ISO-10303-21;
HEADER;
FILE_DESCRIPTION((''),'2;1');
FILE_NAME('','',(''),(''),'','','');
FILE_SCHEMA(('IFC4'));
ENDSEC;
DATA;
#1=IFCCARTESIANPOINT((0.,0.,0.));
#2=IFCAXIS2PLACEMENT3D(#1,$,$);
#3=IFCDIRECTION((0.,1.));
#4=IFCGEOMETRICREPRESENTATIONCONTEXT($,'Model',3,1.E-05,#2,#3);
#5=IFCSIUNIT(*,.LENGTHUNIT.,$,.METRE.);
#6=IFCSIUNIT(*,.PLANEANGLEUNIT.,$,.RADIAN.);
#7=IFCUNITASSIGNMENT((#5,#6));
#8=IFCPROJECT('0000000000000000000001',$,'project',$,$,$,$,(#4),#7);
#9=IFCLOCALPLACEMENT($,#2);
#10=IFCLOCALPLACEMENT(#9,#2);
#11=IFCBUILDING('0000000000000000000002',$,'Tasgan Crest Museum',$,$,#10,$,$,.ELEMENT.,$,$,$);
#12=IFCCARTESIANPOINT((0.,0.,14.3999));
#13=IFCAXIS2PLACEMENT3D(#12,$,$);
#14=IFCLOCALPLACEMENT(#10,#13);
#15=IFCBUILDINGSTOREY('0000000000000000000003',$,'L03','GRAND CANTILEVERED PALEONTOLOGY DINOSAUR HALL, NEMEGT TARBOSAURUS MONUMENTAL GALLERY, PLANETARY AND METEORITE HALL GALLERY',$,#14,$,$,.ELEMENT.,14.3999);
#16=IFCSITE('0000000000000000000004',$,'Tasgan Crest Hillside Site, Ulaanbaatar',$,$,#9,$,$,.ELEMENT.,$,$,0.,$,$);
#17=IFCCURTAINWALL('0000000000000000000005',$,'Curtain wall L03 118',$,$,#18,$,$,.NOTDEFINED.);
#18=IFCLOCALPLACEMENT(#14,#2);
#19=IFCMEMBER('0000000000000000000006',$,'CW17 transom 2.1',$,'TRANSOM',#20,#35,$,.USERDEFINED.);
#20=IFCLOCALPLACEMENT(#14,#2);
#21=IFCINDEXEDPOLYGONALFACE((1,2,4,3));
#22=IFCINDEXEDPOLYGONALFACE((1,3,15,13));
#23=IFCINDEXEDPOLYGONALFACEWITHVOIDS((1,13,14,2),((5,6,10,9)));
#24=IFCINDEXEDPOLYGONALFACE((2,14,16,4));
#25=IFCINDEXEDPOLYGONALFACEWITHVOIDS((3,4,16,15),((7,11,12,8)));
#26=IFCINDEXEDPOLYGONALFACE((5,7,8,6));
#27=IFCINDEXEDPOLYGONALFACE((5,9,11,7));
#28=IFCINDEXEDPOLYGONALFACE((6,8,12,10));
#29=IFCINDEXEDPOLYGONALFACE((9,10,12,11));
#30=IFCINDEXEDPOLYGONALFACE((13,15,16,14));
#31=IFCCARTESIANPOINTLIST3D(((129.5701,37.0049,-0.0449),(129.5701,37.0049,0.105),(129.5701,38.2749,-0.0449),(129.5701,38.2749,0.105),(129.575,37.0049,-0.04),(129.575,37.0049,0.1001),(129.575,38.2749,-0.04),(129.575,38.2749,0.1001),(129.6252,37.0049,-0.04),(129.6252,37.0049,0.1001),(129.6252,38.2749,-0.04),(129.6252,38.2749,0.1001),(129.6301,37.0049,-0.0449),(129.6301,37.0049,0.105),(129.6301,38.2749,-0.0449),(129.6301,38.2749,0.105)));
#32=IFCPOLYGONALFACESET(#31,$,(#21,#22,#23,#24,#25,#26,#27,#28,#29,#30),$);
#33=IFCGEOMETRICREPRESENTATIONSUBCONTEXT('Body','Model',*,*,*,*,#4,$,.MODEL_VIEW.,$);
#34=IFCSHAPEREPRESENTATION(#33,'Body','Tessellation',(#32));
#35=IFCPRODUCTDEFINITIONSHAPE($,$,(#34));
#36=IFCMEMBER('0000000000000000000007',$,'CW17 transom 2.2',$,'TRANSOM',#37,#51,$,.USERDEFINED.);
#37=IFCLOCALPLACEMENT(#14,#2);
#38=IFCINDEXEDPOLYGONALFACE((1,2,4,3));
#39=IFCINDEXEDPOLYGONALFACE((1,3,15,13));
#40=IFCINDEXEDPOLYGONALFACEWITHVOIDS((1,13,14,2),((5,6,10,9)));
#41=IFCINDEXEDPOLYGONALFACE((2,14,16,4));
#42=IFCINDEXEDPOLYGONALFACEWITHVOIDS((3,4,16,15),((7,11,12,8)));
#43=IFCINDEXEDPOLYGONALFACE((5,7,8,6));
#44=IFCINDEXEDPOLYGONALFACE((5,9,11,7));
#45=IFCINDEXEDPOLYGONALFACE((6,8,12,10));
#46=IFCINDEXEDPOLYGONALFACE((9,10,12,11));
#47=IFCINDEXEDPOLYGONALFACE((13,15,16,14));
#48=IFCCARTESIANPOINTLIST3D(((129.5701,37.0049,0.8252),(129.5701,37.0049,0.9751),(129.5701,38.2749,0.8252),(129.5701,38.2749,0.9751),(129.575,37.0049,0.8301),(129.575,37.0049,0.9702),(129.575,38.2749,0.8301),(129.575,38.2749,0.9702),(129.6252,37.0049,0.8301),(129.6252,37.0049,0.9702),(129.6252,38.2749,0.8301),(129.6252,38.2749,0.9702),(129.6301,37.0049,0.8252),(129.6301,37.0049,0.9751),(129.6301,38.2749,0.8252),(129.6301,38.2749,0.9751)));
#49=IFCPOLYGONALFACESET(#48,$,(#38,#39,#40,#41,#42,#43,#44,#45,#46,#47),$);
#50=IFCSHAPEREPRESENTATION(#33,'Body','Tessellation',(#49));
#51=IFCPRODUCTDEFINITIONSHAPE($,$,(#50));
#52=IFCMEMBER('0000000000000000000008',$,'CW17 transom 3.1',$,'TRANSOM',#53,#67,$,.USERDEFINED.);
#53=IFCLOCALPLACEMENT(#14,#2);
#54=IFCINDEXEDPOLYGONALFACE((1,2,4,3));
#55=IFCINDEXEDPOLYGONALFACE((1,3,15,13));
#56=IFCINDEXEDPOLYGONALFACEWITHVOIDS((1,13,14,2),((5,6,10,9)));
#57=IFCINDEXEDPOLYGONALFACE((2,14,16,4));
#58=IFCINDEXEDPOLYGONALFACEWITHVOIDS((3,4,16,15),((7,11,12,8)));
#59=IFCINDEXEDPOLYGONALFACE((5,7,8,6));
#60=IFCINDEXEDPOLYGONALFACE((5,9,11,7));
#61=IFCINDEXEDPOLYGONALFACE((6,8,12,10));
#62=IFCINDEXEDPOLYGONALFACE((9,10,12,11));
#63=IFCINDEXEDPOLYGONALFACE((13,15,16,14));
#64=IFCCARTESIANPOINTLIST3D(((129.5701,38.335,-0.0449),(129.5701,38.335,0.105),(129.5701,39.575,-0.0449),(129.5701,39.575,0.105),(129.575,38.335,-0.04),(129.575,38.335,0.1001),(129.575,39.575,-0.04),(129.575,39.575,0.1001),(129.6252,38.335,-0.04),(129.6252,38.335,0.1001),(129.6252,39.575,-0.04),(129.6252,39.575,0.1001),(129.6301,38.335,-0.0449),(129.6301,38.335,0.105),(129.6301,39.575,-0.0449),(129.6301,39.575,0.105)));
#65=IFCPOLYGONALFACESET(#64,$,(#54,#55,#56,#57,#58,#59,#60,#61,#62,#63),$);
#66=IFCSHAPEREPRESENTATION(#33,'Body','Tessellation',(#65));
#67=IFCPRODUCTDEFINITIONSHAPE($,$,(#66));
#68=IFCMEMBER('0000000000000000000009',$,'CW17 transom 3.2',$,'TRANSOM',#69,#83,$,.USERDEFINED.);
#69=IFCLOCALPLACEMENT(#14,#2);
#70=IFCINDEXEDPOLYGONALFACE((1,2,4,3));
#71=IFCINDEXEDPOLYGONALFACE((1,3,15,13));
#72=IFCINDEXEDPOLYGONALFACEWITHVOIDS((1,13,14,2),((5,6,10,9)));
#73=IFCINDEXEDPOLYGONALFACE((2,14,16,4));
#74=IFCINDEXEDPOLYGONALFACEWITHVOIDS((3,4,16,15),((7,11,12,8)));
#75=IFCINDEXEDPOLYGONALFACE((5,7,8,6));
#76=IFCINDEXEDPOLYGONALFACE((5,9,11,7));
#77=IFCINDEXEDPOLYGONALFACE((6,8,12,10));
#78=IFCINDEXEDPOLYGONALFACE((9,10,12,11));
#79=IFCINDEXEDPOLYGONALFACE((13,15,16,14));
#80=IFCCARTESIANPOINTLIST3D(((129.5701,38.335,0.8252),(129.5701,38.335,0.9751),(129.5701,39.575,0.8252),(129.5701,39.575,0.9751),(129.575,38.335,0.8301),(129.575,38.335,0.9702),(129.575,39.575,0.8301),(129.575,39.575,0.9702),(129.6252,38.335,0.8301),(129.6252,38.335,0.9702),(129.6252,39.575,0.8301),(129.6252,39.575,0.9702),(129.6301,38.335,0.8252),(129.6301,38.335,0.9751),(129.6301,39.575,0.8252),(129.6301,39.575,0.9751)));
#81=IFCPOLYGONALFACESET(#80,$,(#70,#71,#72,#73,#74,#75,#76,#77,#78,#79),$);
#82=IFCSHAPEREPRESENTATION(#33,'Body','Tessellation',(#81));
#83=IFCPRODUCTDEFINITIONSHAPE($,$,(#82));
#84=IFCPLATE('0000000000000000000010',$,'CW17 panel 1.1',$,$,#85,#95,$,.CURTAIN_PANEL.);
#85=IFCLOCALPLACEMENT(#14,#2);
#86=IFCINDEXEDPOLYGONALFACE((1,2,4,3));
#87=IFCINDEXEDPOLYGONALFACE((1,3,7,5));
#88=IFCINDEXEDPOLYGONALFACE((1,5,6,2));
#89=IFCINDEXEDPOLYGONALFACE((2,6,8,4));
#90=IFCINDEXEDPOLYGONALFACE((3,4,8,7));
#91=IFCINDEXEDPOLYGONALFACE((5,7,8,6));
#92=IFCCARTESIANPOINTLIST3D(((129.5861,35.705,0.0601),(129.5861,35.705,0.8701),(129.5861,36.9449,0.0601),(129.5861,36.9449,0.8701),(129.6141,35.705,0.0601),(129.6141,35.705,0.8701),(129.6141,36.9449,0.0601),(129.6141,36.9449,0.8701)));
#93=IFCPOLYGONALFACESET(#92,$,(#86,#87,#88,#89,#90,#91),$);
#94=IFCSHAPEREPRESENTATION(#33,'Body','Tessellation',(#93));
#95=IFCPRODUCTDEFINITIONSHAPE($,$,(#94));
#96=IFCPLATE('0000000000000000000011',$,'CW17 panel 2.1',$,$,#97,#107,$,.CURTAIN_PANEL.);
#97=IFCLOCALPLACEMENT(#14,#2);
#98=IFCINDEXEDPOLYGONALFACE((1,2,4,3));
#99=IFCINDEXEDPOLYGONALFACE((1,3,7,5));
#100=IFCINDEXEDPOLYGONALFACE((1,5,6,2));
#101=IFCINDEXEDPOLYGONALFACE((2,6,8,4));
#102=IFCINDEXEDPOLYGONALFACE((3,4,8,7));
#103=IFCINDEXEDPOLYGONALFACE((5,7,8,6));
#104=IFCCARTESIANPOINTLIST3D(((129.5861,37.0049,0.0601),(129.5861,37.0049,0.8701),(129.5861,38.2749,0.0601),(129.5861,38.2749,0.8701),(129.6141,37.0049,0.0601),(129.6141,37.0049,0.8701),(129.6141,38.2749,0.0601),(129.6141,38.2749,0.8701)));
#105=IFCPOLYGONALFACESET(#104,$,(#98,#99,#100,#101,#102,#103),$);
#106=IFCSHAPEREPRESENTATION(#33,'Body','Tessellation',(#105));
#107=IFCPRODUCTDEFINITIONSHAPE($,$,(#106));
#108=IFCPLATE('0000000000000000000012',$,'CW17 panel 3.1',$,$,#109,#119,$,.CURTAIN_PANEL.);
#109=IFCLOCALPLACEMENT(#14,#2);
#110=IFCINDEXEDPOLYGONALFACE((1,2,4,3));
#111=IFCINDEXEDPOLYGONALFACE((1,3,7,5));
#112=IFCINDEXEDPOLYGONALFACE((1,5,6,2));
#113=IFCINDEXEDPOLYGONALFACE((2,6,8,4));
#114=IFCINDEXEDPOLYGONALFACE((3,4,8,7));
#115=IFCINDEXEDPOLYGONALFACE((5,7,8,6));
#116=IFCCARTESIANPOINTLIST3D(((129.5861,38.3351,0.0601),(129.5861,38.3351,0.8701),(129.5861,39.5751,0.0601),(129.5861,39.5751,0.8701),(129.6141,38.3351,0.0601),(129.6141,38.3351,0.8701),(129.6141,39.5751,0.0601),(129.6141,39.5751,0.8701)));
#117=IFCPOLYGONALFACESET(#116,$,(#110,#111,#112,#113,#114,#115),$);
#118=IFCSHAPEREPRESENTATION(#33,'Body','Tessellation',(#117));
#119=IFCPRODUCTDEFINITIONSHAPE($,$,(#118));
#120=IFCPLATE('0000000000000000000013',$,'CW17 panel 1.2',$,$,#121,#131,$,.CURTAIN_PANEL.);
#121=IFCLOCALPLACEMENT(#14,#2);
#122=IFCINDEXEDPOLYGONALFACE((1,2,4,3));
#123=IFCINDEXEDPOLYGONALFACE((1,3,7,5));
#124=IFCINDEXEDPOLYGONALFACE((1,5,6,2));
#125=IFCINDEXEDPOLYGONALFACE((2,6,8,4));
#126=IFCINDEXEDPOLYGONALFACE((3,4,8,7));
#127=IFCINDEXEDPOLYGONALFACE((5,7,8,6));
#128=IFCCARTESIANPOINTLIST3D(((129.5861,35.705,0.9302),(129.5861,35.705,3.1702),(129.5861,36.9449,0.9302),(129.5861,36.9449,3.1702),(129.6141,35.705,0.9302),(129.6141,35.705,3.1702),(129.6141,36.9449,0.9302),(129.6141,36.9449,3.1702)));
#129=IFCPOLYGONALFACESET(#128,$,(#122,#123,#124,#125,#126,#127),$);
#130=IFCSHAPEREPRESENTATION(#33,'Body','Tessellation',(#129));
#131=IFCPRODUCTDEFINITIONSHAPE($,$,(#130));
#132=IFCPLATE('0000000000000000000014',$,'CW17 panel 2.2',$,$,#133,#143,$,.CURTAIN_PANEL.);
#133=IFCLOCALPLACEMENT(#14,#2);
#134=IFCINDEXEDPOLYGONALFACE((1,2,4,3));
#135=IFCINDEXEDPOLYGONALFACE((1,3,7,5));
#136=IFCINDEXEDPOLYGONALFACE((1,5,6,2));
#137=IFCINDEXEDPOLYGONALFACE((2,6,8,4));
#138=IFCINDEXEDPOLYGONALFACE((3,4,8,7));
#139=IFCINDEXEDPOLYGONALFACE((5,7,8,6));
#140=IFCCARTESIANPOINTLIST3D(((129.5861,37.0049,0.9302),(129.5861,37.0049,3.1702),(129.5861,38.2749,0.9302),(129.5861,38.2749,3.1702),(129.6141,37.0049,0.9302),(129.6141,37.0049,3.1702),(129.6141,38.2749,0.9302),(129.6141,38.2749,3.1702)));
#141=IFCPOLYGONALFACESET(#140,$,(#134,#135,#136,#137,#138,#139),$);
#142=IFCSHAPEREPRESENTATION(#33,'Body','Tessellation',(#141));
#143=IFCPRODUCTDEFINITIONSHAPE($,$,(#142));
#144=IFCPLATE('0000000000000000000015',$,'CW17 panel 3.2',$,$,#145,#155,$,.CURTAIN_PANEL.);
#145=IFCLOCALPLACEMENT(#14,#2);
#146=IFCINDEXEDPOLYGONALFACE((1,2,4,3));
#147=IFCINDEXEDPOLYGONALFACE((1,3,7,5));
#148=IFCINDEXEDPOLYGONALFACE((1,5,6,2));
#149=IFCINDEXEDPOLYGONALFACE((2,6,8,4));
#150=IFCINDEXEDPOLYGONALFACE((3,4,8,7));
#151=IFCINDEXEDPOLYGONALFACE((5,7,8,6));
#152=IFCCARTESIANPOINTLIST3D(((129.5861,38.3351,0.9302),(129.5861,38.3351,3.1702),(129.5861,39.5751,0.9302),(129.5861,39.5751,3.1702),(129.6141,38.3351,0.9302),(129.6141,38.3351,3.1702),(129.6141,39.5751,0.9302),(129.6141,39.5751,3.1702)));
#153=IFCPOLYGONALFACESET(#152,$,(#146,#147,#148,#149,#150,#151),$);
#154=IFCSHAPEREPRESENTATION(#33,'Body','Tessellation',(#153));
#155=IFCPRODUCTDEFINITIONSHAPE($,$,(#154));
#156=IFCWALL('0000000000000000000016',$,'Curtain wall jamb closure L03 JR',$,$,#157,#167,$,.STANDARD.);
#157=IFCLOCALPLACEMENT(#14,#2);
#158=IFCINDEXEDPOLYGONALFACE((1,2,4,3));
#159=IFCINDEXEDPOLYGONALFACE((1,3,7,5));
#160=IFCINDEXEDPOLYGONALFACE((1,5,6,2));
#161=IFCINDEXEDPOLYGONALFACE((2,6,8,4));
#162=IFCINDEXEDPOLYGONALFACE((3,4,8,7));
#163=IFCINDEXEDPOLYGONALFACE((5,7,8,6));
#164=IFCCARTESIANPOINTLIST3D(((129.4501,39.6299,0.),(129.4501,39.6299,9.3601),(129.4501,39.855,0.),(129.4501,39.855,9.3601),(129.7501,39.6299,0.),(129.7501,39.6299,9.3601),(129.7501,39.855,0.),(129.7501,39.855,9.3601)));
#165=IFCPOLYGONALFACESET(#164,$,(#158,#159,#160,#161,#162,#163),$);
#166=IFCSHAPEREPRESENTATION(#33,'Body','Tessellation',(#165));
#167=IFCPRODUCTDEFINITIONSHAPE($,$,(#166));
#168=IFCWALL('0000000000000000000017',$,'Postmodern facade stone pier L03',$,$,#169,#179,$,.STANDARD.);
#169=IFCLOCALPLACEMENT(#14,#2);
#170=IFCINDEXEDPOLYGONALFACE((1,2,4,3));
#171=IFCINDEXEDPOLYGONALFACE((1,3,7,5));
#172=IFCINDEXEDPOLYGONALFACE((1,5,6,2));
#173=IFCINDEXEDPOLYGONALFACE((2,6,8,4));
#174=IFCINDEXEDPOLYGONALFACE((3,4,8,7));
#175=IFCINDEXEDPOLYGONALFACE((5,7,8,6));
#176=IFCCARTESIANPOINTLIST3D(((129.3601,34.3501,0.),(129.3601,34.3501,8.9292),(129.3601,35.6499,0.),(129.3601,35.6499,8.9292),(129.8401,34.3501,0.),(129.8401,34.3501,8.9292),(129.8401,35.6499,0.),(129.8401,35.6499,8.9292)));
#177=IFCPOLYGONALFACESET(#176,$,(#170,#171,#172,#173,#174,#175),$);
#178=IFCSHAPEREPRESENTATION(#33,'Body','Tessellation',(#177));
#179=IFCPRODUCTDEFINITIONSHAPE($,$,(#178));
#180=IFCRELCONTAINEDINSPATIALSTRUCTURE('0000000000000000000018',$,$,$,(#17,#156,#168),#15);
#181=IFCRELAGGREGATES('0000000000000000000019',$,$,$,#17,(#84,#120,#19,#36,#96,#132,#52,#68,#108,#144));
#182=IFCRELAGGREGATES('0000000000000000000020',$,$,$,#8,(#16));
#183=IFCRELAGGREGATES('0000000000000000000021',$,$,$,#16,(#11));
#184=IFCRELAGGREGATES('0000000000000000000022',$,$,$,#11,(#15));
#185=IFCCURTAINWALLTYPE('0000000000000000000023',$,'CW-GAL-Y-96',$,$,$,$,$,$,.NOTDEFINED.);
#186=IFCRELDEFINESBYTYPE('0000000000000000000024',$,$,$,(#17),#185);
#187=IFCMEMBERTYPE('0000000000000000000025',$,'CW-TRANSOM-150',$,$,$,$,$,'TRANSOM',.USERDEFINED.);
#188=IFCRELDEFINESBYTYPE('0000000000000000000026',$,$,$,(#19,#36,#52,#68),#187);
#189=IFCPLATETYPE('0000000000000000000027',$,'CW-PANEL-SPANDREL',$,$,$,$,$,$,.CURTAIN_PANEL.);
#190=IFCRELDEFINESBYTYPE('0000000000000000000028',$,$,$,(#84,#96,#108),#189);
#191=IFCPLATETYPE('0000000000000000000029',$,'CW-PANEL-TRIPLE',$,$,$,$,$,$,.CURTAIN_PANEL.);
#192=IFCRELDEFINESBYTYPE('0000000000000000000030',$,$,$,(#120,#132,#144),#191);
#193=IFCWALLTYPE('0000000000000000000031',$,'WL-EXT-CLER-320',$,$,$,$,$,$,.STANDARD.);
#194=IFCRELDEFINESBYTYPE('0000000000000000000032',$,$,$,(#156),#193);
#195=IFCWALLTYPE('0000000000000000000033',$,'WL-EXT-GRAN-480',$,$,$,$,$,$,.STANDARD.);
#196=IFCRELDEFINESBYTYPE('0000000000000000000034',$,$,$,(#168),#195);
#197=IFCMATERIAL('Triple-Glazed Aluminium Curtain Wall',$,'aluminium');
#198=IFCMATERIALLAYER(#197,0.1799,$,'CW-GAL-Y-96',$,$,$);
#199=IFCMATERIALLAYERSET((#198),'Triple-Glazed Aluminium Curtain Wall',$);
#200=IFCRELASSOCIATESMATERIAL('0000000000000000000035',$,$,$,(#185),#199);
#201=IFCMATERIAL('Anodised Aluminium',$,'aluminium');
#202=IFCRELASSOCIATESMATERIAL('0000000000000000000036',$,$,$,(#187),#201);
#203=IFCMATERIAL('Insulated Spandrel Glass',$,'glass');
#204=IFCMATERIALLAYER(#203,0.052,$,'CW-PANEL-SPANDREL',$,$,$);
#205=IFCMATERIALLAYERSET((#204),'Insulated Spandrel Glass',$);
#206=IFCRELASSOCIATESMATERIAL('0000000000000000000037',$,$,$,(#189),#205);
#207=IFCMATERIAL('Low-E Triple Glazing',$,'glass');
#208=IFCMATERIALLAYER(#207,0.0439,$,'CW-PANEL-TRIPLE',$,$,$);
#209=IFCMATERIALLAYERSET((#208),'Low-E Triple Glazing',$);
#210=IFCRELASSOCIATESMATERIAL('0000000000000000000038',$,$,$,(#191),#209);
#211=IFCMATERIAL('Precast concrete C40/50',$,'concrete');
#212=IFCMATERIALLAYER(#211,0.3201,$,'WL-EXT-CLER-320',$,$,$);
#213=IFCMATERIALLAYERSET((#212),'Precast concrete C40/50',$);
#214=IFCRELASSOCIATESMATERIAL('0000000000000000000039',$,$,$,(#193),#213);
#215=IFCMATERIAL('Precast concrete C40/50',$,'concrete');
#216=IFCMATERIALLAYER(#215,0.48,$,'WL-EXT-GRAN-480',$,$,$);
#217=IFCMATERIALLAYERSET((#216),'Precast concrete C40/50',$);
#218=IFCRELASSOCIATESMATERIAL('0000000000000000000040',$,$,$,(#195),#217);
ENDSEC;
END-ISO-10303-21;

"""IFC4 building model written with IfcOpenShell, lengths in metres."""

from ifc_helpers import new_model, si_unit, direction, frame, frame_2d, origin, origin_2d, place, context, subcontext, project, spatial, rectangle, hollow_rectangle, extrude, material, layer, layer_set, material_profile, profile_set, type_object, element, aggregate, save


model = new_model("IFC4")

# Units and contexts
model_context = context("Model", 3, precision=1e-05, world=origin(), true_north=direction((0.0, 1.0)))
body_context = subcontext(model_context, "Body", "Model", "MODEL_VIEW")
ifc_project = project(units=[si_unit("LENGTHUNIT", "METRE"), si_unit("PLANEANGLEUNIT", "RADIAN")], contexts=[model_context])

# Site, building, storey
site_placement = place(None, origin())
site = spatial("IfcSite", under=ifc_project, at=site_placement, Name="Tasgan Crest Hillside Site, Ulaanbaatar", CompositionType="ELEMENT", RefElevation=0.0)
building_placement = place(site_placement, origin())
building = spatial("IfcBuilding", under=site, at=building_placement, Name="Tasgan Crest Museum", CompositionType="ELEMENT")
storey_placement = place(building_placement, frame((0.0, 0.0, 14.3999)))
storey = spatial("IfcBuildingStorey", under=building, at=storey_placement, Name="L03", Description="GRAND CANTILEVERED PALEONTOLOGY DINOSAUR HALL, NEMEGT TARBOSAURUS MONUMENTAL GALLERY, PLANETARY AND METEORITE HALL GALLERY", CompositionType="ELEMENT", Elevation=14.3999)

# Shared definitions
ifc_material_1 = material(Name="Triple-Glazed Aluminium Curtain Wall", Category="aluminium")
ifc_layer_1 = layer(ifc_material_1, 0.1799, Name="CW-GAL-Y-96")
ifc_layer_set_1 = layer_set([ifc_layer_1], Name="Triple-Glazed Aluminium Curtain Wall")
curtain_wall_type = type_object("IfcCurtainWallType", Name="CW-GAL-Y-96", PredefinedType="NOTDEFINED", material=ifc_layer_set_1)

# Curtain wall, members, plates
curtain_wall_1_placement = place(storey_placement, origin())
curtain_wall_1 = element("IfcCurtainWall", 1, at=curtain_wall_1_placement, inside=storey, type_object=curtain_wall_type, Name="Curtain wall L03 118", PredefinedType="NOTDEFINED")
ifc_material_2 = material(Name="Anodised Aluminium", Category="aluminium")
ifc_material_profile_1 = material_profile(ifc_material_2, hollow_rectangle(XDim=0.0601, YDim=0.1499, WallThickness=0.0049, at=origin_2d()), Name="ALU TRANSOM 150x60x5")
ifc_profile_set_1 = profile_set([ifc_material_profile_1], Name="Anodised Aluminium")
member_type_1 = type_object("IfcMemberType", Name="CW-TRANSOM-150", ElementType="TRANSOM", PredefinedType="USERDEFINED", material=ifc_profile_set_1)
member_1_placement = place(storey_placement, frame((129.6001, 37.0049, 0.03), z_axis=(0.0, 1.0, 0.0), x_axis=(-1.0, 0.0, 0.0)))
member_1 = element("IfcMember", 2, at=member_1_placement, type_object=member_type_1, Name="CW17 transom 2.1", ObjectType="TRANSOM", PredefinedType="USERDEFINED", context=body_context, shape_type="SweptSolid", body=[
    extrude(hollow_rectangle(XDim=0.0601, YDim=0.1499, WallThickness=0.0049, at=origin_2d()), origin(), (0.0, 0.0, 1.0), 1.27),
])
member_2_placement = place(storey_placement, frame((129.6001, 37.0049, 0.9001), z_axis=(0.0, 1.0, 0.0), x_axis=(-1.0, 0.0, 0.0)))
member_2 = element("IfcMember", 3, at=member_2_placement, type_object=member_type_1, Name="CW17 transom 2.2", ObjectType="TRANSOM", PredefinedType="USERDEFINED", context=body_context, shape_type="SweptSolid", body=[
    extrude(hollow_rectangle(XDim=0.0601, YDim=0.1499, WallThickness=0.0049, at=origin_2d()), origin(), (0.0, 0.0, 1.0), 1.27),
])
member_3_placement = place(storey_placement, frame((129.6001, 38.335, 0.03), z_axis=(0.0, 1.0, 0.0), x_axis=(-1.0, 0.0, 0.0)))
member_3 = element("IfcMember", 4, at=member_3_placement, type_object=member_type_1, Name="CW17 transom 3.1", ObjectType="TRANSOM", PredefinedType="USERDEFINED", context=body_context, shape_type="SweptSolid", body=[
    extrude(hollow_rectangle(XDim=0.0601, YDim=0.1499, WallThickness=0.0049, at=origin_2d()), origin(), (0.0, 0.0, 1.0), 1.24),
])
member_4_placement = place(storey_placement, frame((129.6001, 38.335, 0.9001), z_axis=(0.0, 1.0, 0.0), x_axis=(-1.0, 0.0, 0.0)))
member_4 = element("IfcMember", 5, at=member_4_placement, type_object=member_type_1, Name="CW17 transom 3.2", ObjectType="TRANSOM", PredefinedType="USERDEFINED", context=body_context, shape_type="SweptSolid", body=[
    extrude(hollow_rectangle(XDim=0.0601, YDim=0.1499, WallThickness=0.0049, at=origin_2d()), origin(), (0.0, 0.0, 1.0), 1.24),
])
ifc_material_3 = material(Name="Insulated Spandrel Glass", Category="glass")
ifc_layer_2 = layer(ifc_material_3, 0.052, Name="CW-PANEL-SPANDREL")
ifc_layer_set_2 = layer_set([ifc_layer_2], Name="Insulated Spandrel Glass")
plate_type_1 = type_object("IfcPlateType", Name="CW-PANEL-SPANDREL", PredefinedType="CURTAIN_PANEL", material=ifc_layer_set_2)
plate_1_placement = place(storey_placement, frame((129.6001, 36.325, 0.0601), z_axis=(0.0, 0.0, 1.0), x_axis=(0.0, 1.0, 0.0)))
plate_1 = element("IfcPlate", 6, at=plate_1_placement, type_object=plate_type_1, Name="CW17 panel 1.1", PredefinedType="CURTAIN_PANEL", context=body_context, shape_type="SweptSolid", body=[
    extrude(rectangle(XDim=1.24, YDim=0.0281, at=origin_2d()), origin(), (0.0, 0.0, 1.0), 0.8101),
])
plate_2_placement = place(storey_placement, frame((129.6001, 37.6399, 0.0601), z_axis=(0.0, 0.0, 1.0), x_axis=(0.0, 1.0, 0.0)))
plate_2 = element("IfcPlate", 7, at=plate_2_placement, type_object=plate_type_1, Name="CW17 panel 2.1", PredefinedType="CURTAIN_PANEL", context=body_context, shape_type="SweptSolid", body=[
    extrude(rectangle(XDim=1.27, YDim=0.0281, at=origin_2d()), origin(), (0.0, 0.0, 1.0), 0.8101),
])
plate_3_placement = place(storey_placement, frame((129.6001, 38.9551, 0.0601), z_axis=(0.0, 0.0, 1.0), x_axis=(0.0, 1.0, 0.0)))
plate_3 = element("IfcPlate", 8, at=plate_3_placement, type_object=plate_type_1, Name="CW17 panel 3.1", PredefinedType="CURTAIN_PANEL", context=body_context, shape_type="SweptSolid", body=[
    extrude(rectangle(XDim=1.24, YDim=0.0281, at=origin_2d()), origin(), (0.0, 0.0, 1.0), 0.8101),
])
ifc_material_4 = material(Name="Low-E Triple Glazing", Category="glass")
ifc_layer_3 = layer(ifc_material_4, 0.0439, Name="CW-PANEL-TRIPLE")
ifc_layer_set_3 = layer_set([ifc_layer_3], Name="Low-E Triple Glazing")
plate_type_2 = type_object("IfcPlateType", Name="CW-PANEL-TRIPLE", PredefinedType="CURTAIN_PANEL", material=ifc_layer_set_3)
plate_4_placement = place(storey_placement, frame((129.6001, 36.325, 0.9302), z_axis=(0.0, 0.0, 1.0), x_axis=(0.0, 1.0, 0.0)))
plate_4 = element("IfcPlate", 9, at=plate_4_placement, type_object=plate_type_2, Name="CW17 panel 1.2", PredefinedType="CURTAIN_PANEL", context=body_context, shape_type="SweptSolid", body=[
    extrude(rectangle(XDim=1.24, YDim=0.0281, at=origin_2d()), origin(), (0.0, 0.0, 1.0), 2.24),
])
plate_5_placement = place(storey_placement, frame((129.6001, 37.6399, 0.9302), z_axis=(0.0, 0.0, 1.0), x_axis=(0.0, 1.0, 0.0)))
plate_5 = element("IfcPlate", 10, at=plate_5_placement, type_object=plate_type_2, Name="CW17 panel 2.2", PredefinedType="CURTAIN_PANEL", context=body_context, shape_type="SweptSolid", body=[
    extrude(rectangle(XDim=1.27, YDim=0.0281, at=origin_2d()), origin(), (0.0, 0.0, 1.0), 2.24),
])
plate_6_placement = place(storey_placement, frame((129.6001, 38.9551, 0.9302), z_axis=(0.0, 0.0, 1.0), x_axis=(0.0, 1.0, 0.0)))
plate_6 = element("IfcPlate", 11, at=plate_6_placement, type_object=plate_type_2, Name="CW17 panel 3.2", PredefinedType="CURTAIN_PANEL", context=body_context, shape_type="SweptSolid", body=[
    extrude(rectangle(XDim=1.24, YDim=0.0281, at=origin_2d()), origin(), (0.0, 0.0, 1.0), 2.24),
])
aggregate(curtain_wall_1, [plate_1, plate_4, member_1, member_2, plate_2, plate_5, member_3, member_4, plate_3, plate_6])

# Walls
ifc_material_5 = material(Name="Precast concrete C40/50", Category="concrete")
ifc_layer_4 = layer(ifc_material_5, 0.3201, Name="WL-EXT-CLER-320")
ifc_layer_set_4 = layer_set([ifc_layer_4], Name="Precast concrete C40/50")
wall_type_1 = type_object("IfcWallType", Name="WL-EXT-CLER-320", PredefinedType="STANDARD", material=ifc_layer_set_4)
wall_1_placement = place(storey_placement, frame((129.6001, 39.6299, 0.0), z_axis=(0.0, 0.0, 1.0), x_axis=(0.0, 1.0, 0.0)))
element("IfcWall", 12, at=wall_1_placement, inside=storey, type_object=wall_type_1, Name="Curtain wall jamb closure L03 JR", PredefinedType="STANDARD", context=body_context, shape_type="SweptSolid", body=[
    extrude(rectangle(XDim=0.2251, YDim=0.3, at=frame_2d((0.1125, 0.0))), origin(), (0.0, 0.0, 1.0), 9.3601),
])
ifc_material_6 = material(Name="Precast concrete C40/50", Category="concrete")
ifc_layer_5 = layer(ifc_material_6, 0.48, Name="WL-EXT-GRAN-480")
ifc_layer_set_5 = layer_set([ifc_layer_5], Name="Precast concrete C40/50")
wall_type_2 = type_object("IfcWallType", Name="WL-EXT-GRAN-480", PredefinedType="STANDARD", material=ifc_layer_set_5)
wall_2_placement = place(storey_placement, frame((129.6001, 34.3501, 0.0), z_axis=(0.0, 0.0, 1.0), x_axis=(0.0, 1.0, 0.0)))
element("IfcWall", 13, at=wall_2_placement, inside=storey, type_object=wall_type_2, Name="Postmodern facade stone pier L03", PredefinedType="STANDARD", context=body_context, shape_type="SweptSolid", body=[
    extrude(rectangle(XDim=1.2998, YDim=0.48, at=frame_2d((0.6499, 0.0))), origin(), (0.0, 0.0, 1.0), 8.9292),
])

save(model, "model.ifc")
